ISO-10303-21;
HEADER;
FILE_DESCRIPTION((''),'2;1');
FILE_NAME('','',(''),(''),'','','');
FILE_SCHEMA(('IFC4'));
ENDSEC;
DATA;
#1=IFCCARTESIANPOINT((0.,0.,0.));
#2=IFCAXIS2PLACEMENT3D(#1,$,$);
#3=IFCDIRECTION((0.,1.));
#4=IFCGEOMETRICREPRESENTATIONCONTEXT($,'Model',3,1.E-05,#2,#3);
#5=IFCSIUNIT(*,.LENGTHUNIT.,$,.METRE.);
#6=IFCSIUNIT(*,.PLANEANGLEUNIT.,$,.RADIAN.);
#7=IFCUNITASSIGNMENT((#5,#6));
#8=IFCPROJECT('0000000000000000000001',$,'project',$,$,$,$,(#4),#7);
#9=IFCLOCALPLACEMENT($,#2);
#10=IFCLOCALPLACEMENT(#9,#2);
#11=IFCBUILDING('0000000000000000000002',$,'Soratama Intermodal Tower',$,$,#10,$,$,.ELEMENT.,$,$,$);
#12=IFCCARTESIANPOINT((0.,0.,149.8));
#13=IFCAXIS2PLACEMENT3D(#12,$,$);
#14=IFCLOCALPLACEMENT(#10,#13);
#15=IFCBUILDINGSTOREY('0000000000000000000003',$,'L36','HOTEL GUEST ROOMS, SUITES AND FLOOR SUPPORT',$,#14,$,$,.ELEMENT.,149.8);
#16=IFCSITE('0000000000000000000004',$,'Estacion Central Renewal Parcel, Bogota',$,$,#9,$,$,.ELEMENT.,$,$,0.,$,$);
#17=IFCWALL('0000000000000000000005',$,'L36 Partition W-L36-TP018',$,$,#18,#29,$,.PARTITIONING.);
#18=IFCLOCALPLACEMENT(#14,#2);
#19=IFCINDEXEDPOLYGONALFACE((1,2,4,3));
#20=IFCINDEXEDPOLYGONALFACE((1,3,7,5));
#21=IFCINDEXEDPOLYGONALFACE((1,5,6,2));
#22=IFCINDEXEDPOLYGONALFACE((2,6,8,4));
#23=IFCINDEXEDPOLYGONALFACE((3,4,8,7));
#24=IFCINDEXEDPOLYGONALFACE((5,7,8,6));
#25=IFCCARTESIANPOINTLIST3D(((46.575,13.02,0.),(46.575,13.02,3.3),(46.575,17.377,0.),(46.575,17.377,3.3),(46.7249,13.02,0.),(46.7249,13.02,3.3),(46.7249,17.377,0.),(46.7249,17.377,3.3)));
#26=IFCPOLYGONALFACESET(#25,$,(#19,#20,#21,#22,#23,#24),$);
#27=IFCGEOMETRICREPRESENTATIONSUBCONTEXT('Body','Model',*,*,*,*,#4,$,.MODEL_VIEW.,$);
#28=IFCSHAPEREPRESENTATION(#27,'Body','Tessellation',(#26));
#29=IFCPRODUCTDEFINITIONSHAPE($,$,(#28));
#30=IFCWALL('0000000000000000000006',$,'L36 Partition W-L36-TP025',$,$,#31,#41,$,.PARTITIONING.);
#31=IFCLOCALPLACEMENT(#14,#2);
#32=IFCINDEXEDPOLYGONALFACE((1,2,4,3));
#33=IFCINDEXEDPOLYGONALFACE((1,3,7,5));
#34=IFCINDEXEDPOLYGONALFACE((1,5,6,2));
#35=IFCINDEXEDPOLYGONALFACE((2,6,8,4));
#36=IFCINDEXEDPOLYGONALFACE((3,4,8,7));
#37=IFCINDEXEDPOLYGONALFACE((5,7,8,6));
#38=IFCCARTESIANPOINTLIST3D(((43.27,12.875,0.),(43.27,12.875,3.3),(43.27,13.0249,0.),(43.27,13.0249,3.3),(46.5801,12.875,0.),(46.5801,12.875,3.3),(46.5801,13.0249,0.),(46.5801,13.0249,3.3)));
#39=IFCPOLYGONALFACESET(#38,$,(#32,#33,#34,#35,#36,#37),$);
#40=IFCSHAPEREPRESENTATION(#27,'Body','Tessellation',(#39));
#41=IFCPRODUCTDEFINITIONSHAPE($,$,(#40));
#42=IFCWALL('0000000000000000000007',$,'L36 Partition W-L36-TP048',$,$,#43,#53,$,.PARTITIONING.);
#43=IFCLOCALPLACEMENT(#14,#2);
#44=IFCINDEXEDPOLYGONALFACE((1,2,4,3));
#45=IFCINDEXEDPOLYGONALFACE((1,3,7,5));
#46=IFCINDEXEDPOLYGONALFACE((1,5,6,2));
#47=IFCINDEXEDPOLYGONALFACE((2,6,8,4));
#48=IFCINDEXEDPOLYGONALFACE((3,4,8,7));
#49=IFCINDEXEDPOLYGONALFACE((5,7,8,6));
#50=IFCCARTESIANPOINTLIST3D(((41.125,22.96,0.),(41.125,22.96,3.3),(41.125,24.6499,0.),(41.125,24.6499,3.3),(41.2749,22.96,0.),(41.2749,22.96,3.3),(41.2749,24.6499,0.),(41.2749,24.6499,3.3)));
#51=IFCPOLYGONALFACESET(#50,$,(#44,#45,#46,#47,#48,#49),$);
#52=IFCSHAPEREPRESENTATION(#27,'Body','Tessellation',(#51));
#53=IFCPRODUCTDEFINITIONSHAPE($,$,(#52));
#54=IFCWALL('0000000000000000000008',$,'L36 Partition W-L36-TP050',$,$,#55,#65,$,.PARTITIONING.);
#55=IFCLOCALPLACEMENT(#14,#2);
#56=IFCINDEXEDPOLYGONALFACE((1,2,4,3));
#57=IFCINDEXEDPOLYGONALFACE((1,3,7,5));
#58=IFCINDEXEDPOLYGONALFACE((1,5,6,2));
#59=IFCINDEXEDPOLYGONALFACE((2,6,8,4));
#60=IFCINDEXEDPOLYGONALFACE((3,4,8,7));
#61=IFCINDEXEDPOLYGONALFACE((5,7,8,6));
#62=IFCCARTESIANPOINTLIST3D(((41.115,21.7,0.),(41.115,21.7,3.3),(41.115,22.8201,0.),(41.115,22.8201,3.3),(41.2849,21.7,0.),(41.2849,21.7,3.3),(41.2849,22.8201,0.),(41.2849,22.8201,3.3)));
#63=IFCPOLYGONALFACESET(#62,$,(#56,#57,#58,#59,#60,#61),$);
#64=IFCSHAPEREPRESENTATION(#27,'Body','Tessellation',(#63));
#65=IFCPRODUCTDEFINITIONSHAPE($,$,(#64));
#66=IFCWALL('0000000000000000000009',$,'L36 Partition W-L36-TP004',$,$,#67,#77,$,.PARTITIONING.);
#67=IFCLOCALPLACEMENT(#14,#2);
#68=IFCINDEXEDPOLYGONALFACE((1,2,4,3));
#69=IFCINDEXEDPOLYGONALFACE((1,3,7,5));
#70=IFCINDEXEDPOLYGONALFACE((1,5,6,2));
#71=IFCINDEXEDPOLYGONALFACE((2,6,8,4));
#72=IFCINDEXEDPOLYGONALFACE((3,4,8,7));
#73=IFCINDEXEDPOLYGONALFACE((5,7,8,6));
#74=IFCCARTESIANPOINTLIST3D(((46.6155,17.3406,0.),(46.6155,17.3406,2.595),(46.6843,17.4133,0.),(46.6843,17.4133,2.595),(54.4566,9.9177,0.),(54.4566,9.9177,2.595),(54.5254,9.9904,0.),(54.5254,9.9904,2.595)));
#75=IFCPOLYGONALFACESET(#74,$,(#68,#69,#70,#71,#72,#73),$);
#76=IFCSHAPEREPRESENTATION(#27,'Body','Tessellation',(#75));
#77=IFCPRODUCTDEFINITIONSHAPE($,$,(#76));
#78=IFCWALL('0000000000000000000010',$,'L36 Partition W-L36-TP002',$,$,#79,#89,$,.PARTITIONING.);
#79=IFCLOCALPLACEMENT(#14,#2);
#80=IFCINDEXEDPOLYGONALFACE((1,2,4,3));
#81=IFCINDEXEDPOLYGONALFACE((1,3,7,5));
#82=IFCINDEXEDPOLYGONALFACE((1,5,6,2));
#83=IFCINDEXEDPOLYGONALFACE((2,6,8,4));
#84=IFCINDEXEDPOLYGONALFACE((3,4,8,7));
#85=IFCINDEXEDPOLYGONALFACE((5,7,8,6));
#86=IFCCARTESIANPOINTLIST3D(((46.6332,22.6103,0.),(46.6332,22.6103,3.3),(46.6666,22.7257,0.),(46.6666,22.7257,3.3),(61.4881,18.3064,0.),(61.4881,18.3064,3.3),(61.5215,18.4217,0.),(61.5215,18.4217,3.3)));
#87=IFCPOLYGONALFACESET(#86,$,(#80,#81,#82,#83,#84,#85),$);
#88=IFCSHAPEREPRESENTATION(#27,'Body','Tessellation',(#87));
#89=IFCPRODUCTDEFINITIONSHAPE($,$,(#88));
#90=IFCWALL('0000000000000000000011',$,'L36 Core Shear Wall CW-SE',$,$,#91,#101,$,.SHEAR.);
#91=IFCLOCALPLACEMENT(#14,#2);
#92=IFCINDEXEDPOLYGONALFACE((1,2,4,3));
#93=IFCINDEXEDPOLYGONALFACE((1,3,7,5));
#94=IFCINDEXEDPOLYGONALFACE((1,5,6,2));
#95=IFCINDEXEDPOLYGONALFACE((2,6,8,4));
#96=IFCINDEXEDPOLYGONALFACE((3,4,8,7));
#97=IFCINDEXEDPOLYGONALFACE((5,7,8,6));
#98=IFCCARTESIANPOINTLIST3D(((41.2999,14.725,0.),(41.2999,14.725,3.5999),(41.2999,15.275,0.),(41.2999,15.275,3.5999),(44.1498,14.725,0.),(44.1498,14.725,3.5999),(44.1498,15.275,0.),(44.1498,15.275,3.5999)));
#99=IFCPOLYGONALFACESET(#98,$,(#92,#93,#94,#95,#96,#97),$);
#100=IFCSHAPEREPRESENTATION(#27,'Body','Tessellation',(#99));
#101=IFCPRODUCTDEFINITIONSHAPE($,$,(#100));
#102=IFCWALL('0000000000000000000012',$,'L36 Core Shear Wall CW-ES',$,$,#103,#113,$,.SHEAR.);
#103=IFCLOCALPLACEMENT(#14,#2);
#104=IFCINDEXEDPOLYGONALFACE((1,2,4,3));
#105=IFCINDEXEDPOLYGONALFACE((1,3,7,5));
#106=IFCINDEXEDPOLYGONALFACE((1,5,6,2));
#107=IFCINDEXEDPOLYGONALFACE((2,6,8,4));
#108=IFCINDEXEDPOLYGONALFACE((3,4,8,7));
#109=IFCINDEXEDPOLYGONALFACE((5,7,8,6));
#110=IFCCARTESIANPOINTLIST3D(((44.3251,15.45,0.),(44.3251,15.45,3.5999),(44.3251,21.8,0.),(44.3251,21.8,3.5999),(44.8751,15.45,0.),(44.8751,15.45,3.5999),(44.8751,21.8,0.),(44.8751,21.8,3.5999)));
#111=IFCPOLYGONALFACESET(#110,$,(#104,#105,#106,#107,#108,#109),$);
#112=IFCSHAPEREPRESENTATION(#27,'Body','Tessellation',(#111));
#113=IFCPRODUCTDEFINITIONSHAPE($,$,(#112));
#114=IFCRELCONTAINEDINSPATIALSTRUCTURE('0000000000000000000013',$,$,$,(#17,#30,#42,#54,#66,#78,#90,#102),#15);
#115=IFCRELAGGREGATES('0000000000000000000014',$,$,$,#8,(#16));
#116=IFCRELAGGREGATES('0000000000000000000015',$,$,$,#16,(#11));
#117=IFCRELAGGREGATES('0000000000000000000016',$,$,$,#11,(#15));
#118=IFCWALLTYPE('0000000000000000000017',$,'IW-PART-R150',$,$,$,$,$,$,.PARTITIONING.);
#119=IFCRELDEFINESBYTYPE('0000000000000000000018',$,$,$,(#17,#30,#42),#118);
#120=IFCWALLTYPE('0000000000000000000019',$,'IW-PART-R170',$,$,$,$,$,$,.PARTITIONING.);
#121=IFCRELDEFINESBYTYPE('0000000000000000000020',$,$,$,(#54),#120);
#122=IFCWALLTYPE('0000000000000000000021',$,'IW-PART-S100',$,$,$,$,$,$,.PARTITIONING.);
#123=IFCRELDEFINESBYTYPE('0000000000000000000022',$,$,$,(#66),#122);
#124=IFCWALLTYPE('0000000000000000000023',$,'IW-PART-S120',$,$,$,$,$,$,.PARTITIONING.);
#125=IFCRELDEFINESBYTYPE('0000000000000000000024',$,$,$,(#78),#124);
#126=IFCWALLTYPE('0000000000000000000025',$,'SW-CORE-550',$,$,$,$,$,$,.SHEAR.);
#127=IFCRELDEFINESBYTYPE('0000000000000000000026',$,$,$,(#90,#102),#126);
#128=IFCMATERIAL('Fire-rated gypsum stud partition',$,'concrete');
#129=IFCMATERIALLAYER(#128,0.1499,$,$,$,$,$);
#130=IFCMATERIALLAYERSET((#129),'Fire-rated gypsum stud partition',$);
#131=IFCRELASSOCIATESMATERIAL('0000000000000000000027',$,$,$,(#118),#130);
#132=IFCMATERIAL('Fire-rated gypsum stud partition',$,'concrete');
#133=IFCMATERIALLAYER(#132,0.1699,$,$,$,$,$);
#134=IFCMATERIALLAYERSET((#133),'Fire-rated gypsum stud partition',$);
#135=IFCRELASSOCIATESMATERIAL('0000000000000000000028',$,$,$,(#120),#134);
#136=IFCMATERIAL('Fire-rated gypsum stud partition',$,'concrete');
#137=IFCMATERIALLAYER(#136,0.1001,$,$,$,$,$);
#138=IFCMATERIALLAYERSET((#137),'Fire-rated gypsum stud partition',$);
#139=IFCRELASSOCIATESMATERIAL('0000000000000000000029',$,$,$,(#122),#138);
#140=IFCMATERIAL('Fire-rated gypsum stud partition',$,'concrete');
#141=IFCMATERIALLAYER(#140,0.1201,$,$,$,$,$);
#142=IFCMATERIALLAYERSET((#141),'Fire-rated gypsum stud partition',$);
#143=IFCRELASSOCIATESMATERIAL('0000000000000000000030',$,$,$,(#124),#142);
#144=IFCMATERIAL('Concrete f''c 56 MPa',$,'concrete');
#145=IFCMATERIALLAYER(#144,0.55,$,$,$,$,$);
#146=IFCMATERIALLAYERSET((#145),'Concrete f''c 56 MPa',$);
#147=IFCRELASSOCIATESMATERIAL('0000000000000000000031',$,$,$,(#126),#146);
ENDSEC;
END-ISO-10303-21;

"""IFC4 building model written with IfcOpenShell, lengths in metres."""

from ifc_helpers import new_model, si_unit, direction, frame, frame_2d, origin, place, context, subcontext, project, spatial, rectangle, extrude, material, layer, layer_set, type_object, element, save


model = new_model("IFC4")

# Units and contexts
model_context = context("Model", 3, precision=1e-05, world=origin(), true_north=direction((0.0, 1.0)))
body_context = subcontext(model_context, "Body", "Model", "MODEL_VIEW")
ifc_project = project(units=[si_unit("LENGTHUNIT", "METRE"), si_unit("PLANEANGLEUNIT", "RADIAN")], contexts=[model_context])

# Site, building, storey
site_placement = place(None, origin())
site = spatial("IfcSite", under=ifc_project, at=site_placement, Name="Estacion Central Renewal Parcel, Bogota", CompositionType="ELEMENT", RefElevation=0.0)
building_placement = place(site_placement, origin())
building = spatial("IfcBuilding", under=site, at=building_placement, Name="Soratama Intermodal Tower", CompositionType="ELEMENT")
storey_placement = place(building_placement, frame((0.0, 0.0, 149.8)))
storey = spatial("IfcBuildingStorey", under=building, at=storey_placement, Name="L36", Description="HOTEL GUEST ROOMS, SUITES AND FLOOR SUPPORT", CompositionType="ELEMENT", Elevation=149.8)

# Shared definitions
ifc_material_1 = material(Name="Fire-rated gypsum stud partition", Category="concrete")
ifc_layer_1 = layer(ifc_material_1, 0.1499)
ifc_layer_set_1 = layer_set([ifc_layer_1], Name="Fire-rated gypsum stud partition")
wall_type_1 = type_object("IfcWallType", Name="IW-PART-R150", PredefinedType="PARTITIONING", material=ifc_layer_set_1)

# Walls
wall_1_placement = place(storey_placement, frame((46.6499, 17.377, 0.0), z_axis=(0.0, 0.0, 1.0), x_axis=(0.0, -1.0, 0.0)))
element("IfcWall", 1, at=wall_1_placement, inside=storey, type_object=wall_type_1, Name="L36 Partition W-L36-TP018", PredefinedType="PARTITIONING", context=body_context, shape_type="SweptSolid", body=[
    extrude(rectangle(XDim=4.3569, YDim=0.1499, at=frame_2d((2.1785, 0.0))), origin(), (0.0, 0.0, 1.0), 3.3),
])
wall_2_placement = place(storey_placement, frame((46.5801, 12.95, 0.0), z_axis=(0.0, 0.0, 1.0), x_axis=(-1.0, 0.0, 0.0)))
element("IfcWall", 2, at=wall_2_placement, inside=storey, type_object=wall_type_1, Name="L36 Partition W-L36-TP025", PredefinedType="PARTITIONING", context=body_context, shape_type="SweptSolid", body=[
    extrude(rectangle(XDim=3.3101, YDim=0.1499, at=frame_2d((1.655, 0.0))), origin(), (0.0, 0.0, 1.0), 3.3),
])
wall_3_placement = place(storey_placement, frame((41.2, 22.96, 0.0), z_axis=(0.0, 0.0, 1.0), x_axis=(0.0, 1.0, 0.0)))
element("IfcWall", 3, at=wall_3_placement, inside=storey, type_object=wall_type_1, Name="L36 Partition W-L36-TP048", PredefinedType="PARTITIONING", context=body_context, shape_type="SweptSolid", body=[
    extrude(rectangle(XDim=1.6899, YDim=0.1499, at=frame_2d((0.845, 0.0))), origin(), (0.0, 0.0, 1.0), 3.3),
])

# Shared definitions
ifc_material_2 = material(Name="Fire-rated gypsum stud partition", Category="concrete")
ifc_layer_2 = layer(ifc_material_2, 0.1699)
ifc_layer_set_2 = layer_set([ifc_layer_2], Name="Fire-rated gypsum stud partition")
wall_type_2 = type_object("IfcWallType", Name="IW-PART-R170", PredefinedType="PARTITIONING", material=ifc_layer_set_2)

# Walls
wall_4_placement = place(storey_placement, frame((41.2, 21.7, 0.0), z_axis=(0.0, 0.0, 1.0), x_axis=(0.0, 1.0, 0.0)))
element("IfcWall", 4, at=wall_4_placement, inside=storey, type_object=wall_type_2, Name="L36 Partition W-L36-TP050", PredefinedType="PARTITIONING", context=body_context, shape_type="SweptSolid", body=[
    extrude(rectangle(XDim=1.1201, YDim=0.1699, at=frame_2d((0.5601, 0.0))), origin(), (0.0, 0.0, 1.0), 3.3),
])
ifc_material_3 = material(Name="Fire-rated gypsum stud partition", Category="concrete")
ifc_layer_3 = layer(ifc_material_3, 0.1001)
ifc_layer_set_3 = layer_set([ifc_layer_3], Name="Fire-rated gypsum stud partition")
wall_type_3 = type_object("IfcWallType", Name="IW-PART-S100", PredefinedType="PARTITIONING", material=ifc_layer_set_3)
wall_5_placement = place(storey_placement, frame((46.6499, 17.377, 0.0), z_axis=(0.0, 0.0, 1.0), x_axis=(0.726208, -0.687475, 0.0)))
element("IfcWall", 5, at=wall_5_placement, inside=storey, type_object=wall_type_3, Name="L36 Partition W-L36-TP004", PredefinedType="PARTITIONING", context=body_context, shape_type="SweptSolid", body=[
    extrude(rectangle(XDim=10.7974, YDim=0.1001, at=frame_2d((5.3987, 0.0))), origin(), (0.0, 0.0, 1.0), 2.595),
])
ifc_material_4 = material(Name="Fire-rated gypsum stud partition", Category="concrete")
ifc_layer_4 = layer(ifc_material_4, 0.1201)
ifc_layer_set_4 = layer_set([ifc_layer_4], Name="Fire-rated gypsum stud partition")
wall_type_4 = type_object("IfcWallType", Name="IW-PART-S120", PredefinedType="PARTITIONING", material=ifc_layer_set_4)
wall_6_placement = place(storey_placement, frame((46.6499, 22.668, 0.0), z_axis=(0.0, 0.0, 1.0), x_axis=(0.960498, -0.278287, 0.0)))
element("IfcWall", 6, at=wall_6_placement, inside=storey, type_object=wall_type_4, Name="L36 Partition W-L36-TP002", PredefinedType="PARTITIONING", context=body_context, shape_type="SweptSolid", body=[
    extrude(rectangle(XDim=15.4658, YDim=0.1201, at=frame_2d((7.7329, 0.0))), origin(), (0.0, 0.0, 1.0), 3.3),
])
ifc_material_5 = material(Name="Concrete f'c 56 MPa", Category="concrete")
ifc_layer_5 = layer(ifc_material_5, 0.55)
ifc_layer_set_5 = layer_set([ifc_layer_5], Name="Concrete f'c 56 MPa")
wall_type_5 = type_object("IfcWallType", Name="SW-CORE-550", PredefinedType="SHEAR", material=ifc_layer_set_5)
wall_7_placement = place(storey_placement, frame((41.3, 15.0, 0.0), z_axis=(0.0, 0.0, 1.0), x_axis=(1.0, 0.0, 0.0)))
element("IfcWall", 7, at=wall_7_placement, inside=storey, type_object=wall_type_5, Name="L36 Core Shear Wall CW-SE", PredefinedType="SHEAR", context=body_context, shape_type="SweptSolid", body=[
    extrude(rectangle(XDim=2.8499, YDim=0.55, at=frame_2d((1.4248, 0.0))), origin(), (0.0, 0.0, 1.0), 3.5999),
])
wall_8_placement = place(storey_placement, frame((44.6001, 15.45, 0.0), z_axis=(0.0, 0.0, 1.0), x_axis=(0.0, 1.0, 0.0)))
element("IfcWall", 8, at=wall_8_placement, inside=storey, type_object=wall_type_5, Name="L36 Core Shear Wall CW-ES", PredefinedType="SHEAR", context=body_context, shape_type="SweptSolid", body=[
    extrude(rectangle(XDim=6.3501, YDim=0.55, at=frame_2d((3.175, 0.0))), origin(), (0.0, 0.0, 1.0), 3.5999),
])

save(model, "model.ifc")
